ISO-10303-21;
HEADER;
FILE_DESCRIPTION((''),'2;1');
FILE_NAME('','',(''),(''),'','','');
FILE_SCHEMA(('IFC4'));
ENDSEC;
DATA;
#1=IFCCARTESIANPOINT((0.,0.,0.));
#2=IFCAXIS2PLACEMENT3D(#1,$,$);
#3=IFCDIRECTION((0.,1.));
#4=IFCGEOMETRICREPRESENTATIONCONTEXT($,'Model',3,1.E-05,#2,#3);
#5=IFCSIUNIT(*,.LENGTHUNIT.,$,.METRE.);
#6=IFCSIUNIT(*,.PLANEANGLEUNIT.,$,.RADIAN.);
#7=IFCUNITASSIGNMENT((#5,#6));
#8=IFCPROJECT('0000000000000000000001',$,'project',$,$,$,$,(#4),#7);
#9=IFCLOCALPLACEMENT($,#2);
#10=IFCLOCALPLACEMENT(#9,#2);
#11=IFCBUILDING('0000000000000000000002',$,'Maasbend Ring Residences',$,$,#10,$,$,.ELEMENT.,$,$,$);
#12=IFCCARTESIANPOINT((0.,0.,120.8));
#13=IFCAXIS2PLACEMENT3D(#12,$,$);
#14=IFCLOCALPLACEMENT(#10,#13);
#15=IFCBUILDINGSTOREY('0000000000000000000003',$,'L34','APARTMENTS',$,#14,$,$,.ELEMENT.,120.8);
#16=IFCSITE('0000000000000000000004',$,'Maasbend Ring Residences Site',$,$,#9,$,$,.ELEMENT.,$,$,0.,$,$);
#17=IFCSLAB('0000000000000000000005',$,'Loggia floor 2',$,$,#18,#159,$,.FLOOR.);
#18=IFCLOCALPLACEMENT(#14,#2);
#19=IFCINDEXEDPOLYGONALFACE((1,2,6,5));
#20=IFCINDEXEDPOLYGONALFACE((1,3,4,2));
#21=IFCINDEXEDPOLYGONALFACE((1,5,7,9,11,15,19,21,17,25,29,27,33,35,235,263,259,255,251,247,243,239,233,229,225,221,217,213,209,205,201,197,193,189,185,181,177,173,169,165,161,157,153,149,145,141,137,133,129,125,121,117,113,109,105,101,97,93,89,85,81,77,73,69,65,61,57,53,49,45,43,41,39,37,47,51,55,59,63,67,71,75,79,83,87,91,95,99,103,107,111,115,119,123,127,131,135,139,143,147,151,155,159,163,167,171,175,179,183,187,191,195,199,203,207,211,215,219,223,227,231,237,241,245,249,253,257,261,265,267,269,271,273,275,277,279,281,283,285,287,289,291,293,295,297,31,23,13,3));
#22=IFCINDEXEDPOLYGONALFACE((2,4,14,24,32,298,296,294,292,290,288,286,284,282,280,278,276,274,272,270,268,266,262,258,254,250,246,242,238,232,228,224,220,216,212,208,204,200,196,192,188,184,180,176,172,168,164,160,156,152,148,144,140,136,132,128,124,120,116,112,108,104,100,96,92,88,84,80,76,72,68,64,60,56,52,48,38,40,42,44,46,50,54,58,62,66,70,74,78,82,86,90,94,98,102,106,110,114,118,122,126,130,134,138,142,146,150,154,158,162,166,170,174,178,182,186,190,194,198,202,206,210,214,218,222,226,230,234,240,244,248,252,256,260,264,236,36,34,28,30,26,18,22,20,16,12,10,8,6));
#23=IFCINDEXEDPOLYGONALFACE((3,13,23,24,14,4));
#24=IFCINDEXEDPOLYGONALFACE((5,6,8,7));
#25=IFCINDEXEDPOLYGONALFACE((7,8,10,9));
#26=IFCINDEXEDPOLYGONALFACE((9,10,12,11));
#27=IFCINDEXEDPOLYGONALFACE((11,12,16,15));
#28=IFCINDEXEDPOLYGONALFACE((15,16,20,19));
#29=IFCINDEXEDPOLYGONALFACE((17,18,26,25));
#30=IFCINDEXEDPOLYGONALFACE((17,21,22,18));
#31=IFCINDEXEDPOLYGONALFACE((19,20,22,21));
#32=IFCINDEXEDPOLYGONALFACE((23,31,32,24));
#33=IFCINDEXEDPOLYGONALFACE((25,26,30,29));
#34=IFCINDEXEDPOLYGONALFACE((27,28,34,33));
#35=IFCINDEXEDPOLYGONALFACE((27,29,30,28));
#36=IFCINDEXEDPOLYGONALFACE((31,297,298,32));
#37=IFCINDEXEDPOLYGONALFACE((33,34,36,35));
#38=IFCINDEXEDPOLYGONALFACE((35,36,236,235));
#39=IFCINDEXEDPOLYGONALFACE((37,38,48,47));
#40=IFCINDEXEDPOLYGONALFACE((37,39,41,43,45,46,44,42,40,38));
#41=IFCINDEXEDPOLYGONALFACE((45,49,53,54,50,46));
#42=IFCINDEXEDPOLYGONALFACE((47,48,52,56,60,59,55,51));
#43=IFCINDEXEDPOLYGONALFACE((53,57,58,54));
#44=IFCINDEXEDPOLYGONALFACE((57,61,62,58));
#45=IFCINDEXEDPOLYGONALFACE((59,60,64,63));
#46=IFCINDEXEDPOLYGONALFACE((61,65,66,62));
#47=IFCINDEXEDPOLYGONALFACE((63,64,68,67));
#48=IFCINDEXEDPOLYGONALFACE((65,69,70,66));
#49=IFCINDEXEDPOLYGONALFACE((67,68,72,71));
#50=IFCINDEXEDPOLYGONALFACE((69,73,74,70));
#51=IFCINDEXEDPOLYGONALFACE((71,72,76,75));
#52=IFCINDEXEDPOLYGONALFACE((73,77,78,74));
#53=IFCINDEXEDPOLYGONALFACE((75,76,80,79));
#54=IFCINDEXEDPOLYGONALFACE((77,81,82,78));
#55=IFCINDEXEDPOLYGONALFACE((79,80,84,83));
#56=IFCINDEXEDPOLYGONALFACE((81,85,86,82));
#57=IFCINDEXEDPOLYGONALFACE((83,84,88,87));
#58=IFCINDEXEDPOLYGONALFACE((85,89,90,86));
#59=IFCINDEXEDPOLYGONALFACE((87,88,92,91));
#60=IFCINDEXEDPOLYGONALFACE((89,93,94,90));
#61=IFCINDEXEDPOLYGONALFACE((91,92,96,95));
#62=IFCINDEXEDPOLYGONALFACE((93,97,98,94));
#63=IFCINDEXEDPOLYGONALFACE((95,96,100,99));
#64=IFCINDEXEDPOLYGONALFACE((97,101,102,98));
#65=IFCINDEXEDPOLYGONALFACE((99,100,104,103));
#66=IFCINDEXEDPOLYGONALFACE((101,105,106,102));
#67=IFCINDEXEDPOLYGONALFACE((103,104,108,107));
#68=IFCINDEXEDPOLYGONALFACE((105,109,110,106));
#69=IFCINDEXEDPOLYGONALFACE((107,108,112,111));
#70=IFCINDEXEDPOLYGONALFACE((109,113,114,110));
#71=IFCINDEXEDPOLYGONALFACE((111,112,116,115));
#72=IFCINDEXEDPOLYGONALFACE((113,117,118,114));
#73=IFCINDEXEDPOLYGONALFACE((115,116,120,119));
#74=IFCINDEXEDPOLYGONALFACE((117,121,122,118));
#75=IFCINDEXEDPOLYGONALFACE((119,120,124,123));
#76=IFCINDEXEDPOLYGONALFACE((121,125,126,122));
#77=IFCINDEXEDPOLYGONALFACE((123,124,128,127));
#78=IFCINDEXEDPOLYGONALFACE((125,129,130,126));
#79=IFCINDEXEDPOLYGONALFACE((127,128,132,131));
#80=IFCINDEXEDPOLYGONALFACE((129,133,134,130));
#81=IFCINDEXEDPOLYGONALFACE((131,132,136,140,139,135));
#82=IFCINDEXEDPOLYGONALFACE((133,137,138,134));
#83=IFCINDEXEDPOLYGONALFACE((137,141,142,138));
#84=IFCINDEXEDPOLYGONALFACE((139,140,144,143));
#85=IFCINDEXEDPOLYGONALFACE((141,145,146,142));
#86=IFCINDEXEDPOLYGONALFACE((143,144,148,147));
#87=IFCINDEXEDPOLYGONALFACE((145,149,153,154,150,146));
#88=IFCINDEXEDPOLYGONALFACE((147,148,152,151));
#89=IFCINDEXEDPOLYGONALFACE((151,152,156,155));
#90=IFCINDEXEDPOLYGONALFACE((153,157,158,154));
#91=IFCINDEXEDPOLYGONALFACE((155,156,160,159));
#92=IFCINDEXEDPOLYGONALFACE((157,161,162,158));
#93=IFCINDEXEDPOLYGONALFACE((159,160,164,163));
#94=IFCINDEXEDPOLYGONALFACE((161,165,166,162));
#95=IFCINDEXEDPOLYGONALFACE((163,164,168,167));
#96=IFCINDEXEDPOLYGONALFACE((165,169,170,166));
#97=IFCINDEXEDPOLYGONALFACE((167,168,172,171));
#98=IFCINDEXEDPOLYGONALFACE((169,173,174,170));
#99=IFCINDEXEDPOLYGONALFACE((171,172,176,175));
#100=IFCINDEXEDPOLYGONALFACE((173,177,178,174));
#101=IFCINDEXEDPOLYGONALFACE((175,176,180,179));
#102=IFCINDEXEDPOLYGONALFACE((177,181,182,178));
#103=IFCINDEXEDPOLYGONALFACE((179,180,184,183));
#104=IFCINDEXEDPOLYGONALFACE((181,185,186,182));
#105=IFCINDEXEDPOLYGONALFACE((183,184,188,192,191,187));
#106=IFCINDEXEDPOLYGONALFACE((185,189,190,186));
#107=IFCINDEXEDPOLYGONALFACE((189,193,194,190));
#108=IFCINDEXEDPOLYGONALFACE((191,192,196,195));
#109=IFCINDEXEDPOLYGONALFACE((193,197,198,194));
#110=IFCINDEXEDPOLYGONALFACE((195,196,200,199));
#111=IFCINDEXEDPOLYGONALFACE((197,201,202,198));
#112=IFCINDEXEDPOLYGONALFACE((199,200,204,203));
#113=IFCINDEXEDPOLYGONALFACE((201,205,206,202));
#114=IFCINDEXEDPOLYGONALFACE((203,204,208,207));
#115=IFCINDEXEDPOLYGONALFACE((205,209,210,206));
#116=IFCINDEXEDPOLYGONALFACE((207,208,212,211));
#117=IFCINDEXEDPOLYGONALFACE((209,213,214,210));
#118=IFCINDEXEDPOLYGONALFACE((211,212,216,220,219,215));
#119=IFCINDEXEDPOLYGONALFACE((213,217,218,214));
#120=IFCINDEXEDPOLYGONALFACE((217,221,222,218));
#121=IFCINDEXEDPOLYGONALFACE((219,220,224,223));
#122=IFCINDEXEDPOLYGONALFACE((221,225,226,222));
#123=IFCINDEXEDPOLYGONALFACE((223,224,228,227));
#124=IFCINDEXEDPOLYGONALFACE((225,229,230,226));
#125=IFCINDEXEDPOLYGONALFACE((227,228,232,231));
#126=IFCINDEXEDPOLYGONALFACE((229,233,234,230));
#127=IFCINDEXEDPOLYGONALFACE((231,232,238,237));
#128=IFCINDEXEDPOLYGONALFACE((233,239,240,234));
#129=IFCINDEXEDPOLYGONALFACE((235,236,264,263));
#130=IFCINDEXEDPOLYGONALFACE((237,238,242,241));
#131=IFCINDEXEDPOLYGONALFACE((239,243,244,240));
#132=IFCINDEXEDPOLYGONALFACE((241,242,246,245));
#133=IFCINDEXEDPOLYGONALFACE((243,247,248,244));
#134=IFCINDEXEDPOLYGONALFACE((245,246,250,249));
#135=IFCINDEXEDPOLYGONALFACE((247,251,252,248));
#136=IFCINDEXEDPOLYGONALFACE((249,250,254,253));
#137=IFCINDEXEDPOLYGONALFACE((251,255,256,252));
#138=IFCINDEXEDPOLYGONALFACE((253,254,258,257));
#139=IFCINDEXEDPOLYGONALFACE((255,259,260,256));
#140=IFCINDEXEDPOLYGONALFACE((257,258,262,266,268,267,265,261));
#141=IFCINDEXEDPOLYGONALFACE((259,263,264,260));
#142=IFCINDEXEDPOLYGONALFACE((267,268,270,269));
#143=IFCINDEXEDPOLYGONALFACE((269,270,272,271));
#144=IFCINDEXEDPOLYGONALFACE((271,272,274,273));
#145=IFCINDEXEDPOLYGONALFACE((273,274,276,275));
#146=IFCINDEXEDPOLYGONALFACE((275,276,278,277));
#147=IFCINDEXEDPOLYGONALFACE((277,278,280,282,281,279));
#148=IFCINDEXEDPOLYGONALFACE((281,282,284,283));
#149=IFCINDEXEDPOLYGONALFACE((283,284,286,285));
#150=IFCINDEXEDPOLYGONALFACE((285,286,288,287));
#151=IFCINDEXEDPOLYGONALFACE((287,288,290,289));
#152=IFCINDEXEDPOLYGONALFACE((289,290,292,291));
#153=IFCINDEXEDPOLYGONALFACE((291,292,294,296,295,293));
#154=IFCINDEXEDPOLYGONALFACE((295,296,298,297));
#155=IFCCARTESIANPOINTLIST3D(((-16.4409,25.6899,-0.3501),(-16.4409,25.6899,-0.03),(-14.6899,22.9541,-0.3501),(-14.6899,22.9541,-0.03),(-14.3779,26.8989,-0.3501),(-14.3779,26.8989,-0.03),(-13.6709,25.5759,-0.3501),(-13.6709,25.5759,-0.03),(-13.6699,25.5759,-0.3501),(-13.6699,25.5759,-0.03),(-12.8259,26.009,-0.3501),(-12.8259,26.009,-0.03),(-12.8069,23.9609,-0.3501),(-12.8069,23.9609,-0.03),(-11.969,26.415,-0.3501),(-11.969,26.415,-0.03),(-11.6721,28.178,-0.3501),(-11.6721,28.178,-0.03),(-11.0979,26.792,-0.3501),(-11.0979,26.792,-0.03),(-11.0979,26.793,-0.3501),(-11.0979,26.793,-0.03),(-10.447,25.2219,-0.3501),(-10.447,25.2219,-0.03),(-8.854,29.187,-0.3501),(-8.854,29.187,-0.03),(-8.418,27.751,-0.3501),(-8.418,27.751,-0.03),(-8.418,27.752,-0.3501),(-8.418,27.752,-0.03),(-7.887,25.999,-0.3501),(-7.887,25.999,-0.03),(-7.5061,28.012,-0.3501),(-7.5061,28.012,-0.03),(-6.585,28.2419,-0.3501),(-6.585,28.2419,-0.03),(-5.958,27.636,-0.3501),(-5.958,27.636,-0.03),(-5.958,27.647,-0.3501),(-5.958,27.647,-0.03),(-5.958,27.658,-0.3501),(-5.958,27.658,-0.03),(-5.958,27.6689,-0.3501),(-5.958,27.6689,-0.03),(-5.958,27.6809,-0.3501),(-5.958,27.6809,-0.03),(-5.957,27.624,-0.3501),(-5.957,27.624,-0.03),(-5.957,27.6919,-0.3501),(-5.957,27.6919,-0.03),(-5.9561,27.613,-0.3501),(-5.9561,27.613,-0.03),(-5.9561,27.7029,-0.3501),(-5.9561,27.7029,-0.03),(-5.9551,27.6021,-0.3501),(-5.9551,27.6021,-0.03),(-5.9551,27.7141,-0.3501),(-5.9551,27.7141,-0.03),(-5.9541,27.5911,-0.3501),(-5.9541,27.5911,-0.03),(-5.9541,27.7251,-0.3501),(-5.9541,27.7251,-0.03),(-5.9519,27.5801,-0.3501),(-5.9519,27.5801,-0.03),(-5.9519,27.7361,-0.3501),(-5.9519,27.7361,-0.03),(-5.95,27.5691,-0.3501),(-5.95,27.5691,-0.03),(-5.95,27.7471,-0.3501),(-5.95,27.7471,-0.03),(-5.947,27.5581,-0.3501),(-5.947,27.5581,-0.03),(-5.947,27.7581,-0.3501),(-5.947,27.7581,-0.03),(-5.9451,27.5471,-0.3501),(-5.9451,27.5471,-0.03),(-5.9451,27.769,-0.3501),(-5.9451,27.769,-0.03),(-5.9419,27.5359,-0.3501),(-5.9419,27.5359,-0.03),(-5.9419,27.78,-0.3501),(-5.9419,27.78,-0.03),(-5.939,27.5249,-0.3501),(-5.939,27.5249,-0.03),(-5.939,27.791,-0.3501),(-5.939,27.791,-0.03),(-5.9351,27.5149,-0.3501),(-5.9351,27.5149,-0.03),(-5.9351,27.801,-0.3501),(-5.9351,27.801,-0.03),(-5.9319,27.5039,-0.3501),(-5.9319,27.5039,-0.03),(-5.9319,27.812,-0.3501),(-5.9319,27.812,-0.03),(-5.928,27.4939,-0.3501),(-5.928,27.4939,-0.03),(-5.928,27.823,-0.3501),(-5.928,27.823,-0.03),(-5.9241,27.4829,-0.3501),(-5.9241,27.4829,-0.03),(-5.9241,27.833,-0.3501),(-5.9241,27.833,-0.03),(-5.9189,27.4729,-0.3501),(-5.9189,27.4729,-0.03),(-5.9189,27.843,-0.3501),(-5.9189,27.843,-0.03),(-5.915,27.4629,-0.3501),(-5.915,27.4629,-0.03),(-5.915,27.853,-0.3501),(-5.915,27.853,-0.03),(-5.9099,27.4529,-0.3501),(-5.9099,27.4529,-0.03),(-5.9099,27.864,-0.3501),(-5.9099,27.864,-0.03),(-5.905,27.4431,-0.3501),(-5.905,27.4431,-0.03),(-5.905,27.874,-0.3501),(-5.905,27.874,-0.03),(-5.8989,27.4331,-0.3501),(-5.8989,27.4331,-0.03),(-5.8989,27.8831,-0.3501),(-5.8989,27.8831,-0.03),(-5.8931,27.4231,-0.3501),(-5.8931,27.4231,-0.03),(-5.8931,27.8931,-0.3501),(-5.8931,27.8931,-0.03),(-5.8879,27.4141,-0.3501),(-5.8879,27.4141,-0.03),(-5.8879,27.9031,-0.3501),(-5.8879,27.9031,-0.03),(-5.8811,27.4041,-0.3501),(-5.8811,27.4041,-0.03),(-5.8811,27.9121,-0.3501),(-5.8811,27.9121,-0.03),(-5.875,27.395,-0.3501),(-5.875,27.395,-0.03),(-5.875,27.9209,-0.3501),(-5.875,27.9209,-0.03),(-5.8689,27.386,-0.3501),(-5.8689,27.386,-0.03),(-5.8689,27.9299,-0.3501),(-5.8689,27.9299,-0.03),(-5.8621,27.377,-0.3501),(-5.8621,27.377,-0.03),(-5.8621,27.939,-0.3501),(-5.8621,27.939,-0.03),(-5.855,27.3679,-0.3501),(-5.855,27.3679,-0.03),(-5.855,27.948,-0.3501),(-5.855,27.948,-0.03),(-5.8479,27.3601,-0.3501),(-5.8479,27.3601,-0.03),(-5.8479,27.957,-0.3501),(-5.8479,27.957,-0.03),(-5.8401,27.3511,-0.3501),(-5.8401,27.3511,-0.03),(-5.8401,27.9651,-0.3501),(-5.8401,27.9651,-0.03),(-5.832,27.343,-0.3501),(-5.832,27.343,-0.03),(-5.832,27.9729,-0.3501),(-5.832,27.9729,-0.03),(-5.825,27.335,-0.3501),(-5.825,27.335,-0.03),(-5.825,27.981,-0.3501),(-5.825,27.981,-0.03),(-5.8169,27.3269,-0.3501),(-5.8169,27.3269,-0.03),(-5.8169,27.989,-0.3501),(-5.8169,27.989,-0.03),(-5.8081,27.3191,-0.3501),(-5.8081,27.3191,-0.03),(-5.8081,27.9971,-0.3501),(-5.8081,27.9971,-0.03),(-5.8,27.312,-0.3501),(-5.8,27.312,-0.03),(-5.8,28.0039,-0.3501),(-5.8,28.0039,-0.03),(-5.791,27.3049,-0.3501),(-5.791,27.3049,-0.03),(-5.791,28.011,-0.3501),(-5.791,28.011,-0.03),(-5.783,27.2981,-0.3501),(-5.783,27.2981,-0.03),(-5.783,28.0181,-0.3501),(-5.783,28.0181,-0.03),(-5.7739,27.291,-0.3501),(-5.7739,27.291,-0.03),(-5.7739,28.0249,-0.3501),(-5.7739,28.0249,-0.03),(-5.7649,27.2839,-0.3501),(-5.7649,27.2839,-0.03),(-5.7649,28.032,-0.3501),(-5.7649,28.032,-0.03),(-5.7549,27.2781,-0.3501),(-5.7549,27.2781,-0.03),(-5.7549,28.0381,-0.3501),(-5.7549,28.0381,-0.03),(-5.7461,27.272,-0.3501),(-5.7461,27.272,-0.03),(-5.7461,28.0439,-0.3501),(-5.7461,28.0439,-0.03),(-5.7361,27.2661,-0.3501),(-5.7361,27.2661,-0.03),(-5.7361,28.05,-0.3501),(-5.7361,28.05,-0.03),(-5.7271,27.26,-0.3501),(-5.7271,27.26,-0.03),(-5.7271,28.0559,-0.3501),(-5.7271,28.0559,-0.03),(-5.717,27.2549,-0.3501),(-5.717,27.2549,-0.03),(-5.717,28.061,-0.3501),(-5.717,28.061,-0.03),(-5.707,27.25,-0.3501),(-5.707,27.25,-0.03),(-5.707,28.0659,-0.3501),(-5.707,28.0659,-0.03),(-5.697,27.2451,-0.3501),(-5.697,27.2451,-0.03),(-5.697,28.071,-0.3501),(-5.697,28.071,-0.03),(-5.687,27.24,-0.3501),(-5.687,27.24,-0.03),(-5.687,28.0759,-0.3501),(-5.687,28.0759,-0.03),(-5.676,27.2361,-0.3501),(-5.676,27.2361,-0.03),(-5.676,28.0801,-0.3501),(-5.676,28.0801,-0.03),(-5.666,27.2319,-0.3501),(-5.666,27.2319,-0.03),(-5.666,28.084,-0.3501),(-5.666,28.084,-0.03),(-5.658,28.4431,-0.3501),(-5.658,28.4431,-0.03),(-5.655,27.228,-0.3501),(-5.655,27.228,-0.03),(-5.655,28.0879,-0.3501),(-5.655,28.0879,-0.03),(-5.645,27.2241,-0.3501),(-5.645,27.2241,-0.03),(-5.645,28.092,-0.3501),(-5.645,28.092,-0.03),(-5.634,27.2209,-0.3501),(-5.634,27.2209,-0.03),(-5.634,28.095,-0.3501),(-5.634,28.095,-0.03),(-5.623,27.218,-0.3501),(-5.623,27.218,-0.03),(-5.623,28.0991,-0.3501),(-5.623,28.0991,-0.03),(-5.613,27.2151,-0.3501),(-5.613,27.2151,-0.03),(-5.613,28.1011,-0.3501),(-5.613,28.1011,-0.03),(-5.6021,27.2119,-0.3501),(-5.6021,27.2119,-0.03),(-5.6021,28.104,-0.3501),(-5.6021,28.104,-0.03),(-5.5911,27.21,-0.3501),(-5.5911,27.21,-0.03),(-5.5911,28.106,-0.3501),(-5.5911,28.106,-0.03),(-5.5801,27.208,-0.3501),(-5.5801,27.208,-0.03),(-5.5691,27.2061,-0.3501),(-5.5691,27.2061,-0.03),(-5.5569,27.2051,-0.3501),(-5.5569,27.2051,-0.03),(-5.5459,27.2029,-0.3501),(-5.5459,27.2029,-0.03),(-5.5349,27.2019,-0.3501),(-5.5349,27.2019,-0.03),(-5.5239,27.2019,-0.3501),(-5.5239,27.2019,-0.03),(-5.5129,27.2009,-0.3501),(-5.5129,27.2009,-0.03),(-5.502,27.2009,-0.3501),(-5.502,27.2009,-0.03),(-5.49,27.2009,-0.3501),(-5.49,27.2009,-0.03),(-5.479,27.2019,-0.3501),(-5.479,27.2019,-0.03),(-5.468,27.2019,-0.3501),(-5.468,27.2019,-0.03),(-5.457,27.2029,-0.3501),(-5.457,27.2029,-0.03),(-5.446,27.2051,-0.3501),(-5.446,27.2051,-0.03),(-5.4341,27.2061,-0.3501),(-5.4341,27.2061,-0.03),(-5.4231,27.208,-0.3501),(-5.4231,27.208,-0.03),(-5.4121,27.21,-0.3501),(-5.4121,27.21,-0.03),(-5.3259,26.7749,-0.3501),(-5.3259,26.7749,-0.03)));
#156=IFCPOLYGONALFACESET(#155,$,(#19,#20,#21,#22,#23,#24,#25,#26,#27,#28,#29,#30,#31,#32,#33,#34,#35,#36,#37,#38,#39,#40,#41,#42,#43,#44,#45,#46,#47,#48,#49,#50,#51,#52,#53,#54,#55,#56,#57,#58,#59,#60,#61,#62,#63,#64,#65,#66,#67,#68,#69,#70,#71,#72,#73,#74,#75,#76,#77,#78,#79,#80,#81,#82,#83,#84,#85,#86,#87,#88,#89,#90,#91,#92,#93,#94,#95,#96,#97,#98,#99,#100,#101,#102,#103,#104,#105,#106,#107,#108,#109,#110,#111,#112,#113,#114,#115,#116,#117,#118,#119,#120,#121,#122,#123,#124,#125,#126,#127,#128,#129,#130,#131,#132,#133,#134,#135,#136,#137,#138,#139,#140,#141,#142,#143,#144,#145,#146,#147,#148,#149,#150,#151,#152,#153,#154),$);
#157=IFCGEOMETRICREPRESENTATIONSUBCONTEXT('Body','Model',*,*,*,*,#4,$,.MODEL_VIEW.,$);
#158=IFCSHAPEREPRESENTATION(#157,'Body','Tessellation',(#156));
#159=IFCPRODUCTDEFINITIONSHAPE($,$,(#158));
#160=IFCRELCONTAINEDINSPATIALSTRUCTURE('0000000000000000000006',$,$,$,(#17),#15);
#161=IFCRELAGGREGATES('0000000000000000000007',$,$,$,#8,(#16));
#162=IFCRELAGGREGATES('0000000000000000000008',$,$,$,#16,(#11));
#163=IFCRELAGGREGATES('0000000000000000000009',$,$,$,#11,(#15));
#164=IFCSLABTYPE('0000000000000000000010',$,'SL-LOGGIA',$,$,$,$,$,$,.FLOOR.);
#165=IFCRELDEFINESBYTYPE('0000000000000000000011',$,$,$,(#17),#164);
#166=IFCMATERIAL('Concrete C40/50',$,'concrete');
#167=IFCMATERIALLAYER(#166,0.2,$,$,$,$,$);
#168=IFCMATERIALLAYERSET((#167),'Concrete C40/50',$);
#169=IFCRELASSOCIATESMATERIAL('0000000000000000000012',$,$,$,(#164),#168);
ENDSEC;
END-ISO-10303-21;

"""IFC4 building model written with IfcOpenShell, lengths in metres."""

from ifc_helpers import new_model, si_unit, direction, frame, origin, place, context, subcontext, project, spatial, polyline, outline, extrude, material, layer, layer_set, type_object, element, save


model = new_model("IFC4")

# Units and contexts
model_context = context("Model", 3, precision=1e-05, world=origin(), true_north=direction((0.0, 1.0)))
body_context = subcontext(model_context, "Body", "Model", "MODEL_VIEW")
ifc_project = project(units=[si_unit("LENGTHUNIT", "METRE"), si_unit("PLANEANGLEUNIT", "RADIAN")], contexts=[model_context])

# Site, building, storey
site_placement = place(None, origin())
site = spatial("IfcSite", under=ifc_project, at=site_placement, Name="Maasbend Ring Residences Site", CompositionType="ELEMENT", RefElevation=0.0)
building_placement = place(site_placement, origin())
building = spatial("IfcBuilding", under=site, at=building_placement, Name="Maasbend Ring Residences", CompositionType="ELEMENT")
storey_placement = place(building_placement, frame((0.0, 0.0, 120.8)))
storey = spatial("IfcBuildingStorey", under=building, at=storey_placement, Name="L34", Description="APARTMENTS", CompositionType="ELEMENT", Elevation=120.8)

# Slab
ifc_material_1 = material(Name="Concrete C40/50", Category="concrete")
ifc_layer_1 = layer(ifc_material_1, 0.2)
ifc_layer_set_1 = layer_set([ifc_layer_1], Name="Concrete C40/50")
slab_type_1 = type_object("IfcSlabType", Name="SL-LOGGIA", PredefinedType="FLOOR", material=ifc_layer_set_1)
slab_1_placement = place(storey_placement, frame((0.0, 0.0, -0.3501)))
element("IfcSlab", 1, at=slab_1_placement, inside=storey, type_object=slab_type_1, Name="Loggia floor 2", PredefinedType="FLOOR", context=body_context, shape_type="SweptSolid", body=[
    extrude(outline(polyline([(-13.6709, 25.5759), (-13.6709, 25.5759), (-13.6709, 25.5759), (-13.6709, 25.5759), (-13.6709, 25.5759), (-13.6709, 25.5759), (-13.6709, 25.5759), (-13.6699, 25.5759), (-13.6699, 25.5759), (-13.6699, 25.5759), (-13.6699, 25.5759), (-13.6699, 25.5759), (-13.6699, 25.5759), (-13.6699, 25.5759), (-13.6699, 25.5759), (-13.6699, 25.5759), (-13.6699, 25.5759), (-12.8259, 26.009), (-12.8259, 26.009), (-11.969, 26.415), (-11.969, 26.415), (-11.0979, 26.792), (-11.0979, 26.792), (-11.0979, 26.792), (-11.0979, 26.792), (-11.0979, 26.792), (-11.0979, 26.792), (-11.0979, 26.792), (-11.0979, 26.793), (-11.0979, 26.793), (-11.0979, 26.793), (-11.0979, 26.793), (-11.0979, 26.793), (-11.0979, 26.793), (-11.0979, 26.793), (-11.0979, 26.793), (-11.0979, 26.793), (-11.0979, 26.793), (-11.6721, 28.178), (-11.6721, 28.178), (-11.6721, 28.178), (-8.854, 29.187), (-8.854, 29.187), (-8.854, 29.187), (-8.418, 27.752), (-8.418, 27.752), (-8.418, 27.752), (-8.418, 27.752), (-8.418, 27.752), (-8.418, 27.752), (-8.418, 27.752), (-8.418, 27.751), (-8.418, 27.751), (-8.418, 27.751), (-8.418, 27.751), (-8.418, 27.751), (-8.418, 27.751), (-8.418, 27.751), (-8.418, 27.751), (-8.418, 27.751), (-8.418, 27.751), (-7.5061, 28.012), (-7.5061, 28.012), (-6.585, 28.2419), (-6.585, 28.2419), (-5.658, 28.4431), (-5.658, 28.4431), (-5.658, 28.4431), (-5.5911, 28.106), (-5.6021, 28.104), (-5.613, 28.1011), (-5.623, 28.0991), (-5.634, 28.095), (-5.645, 28.092), (-5.655, 28.0879), (-5.666, 28.084), (-5.676, 28.0801), (-5.687, 28.0759), (-5.697, 28.071), (-5.707, 28.0659), (-5.717, 28.061), (-5.7271, 28.0559), (-5.7361, 28.05), (-5.7461, 28.0439), (-5.7549, 28.0381), (-5.7649, 28.032), (-5.7739, 28.0249), (-5.783, 28.0181), (-5.791, 28.011), (-5.8, 28.0039), (-5.8081, 27.9971), (-5.8169, 27.989), (-5.825, 27.981), (-5.832, 27.9729), (-5.8401, 27.9651), (-5.8479, 27.957), (-5.855, 27.948), (-5.8621, 27.939), (-5.8689, 27.9299), (-5.875, 27.9209), (-5.8811, 27.9121), (-5.8879, 27.9031), (-5.8931, 27.8931), (-5.8989, 27.8831), (-5.905, 27.874), (-5.9099, 27.864), (-5.915, 27.853), (-5.9189, 27.843), (-5.9241, 27.833), (-5.928, 27.823), (-5.9319, 27.812), (-5.9351, 27.801), (-5.939, 27.791), (-5.9419, 27.78), (-5.9451, 27.769), (-5.947, 27.7581), (-5.95, 27.7471), (-5.9519, 27.7361), (-5.9541, 27.7251), (-5.9551, 27.7141), (-5.9561, 27.7029), (-5.957, 27.6919), (-5.958, 27.6809), (-5.958, 27.6689), (-5.958, 27.658), (-5.958, 27.647), (-5.958, 27.636), (-5.957, 27.624), (-5.9561, 27.613), (-5.9551, 27.6021), (-5.9541, 27.5911), (-5.9519, 27.5801), (-5.95, 27.5691), (-5.947, 27.5581), (-5.9451, 27.5471), (-5.9419, 27.5359), (-5.939, 27.5249), (-5.9351, 27.5149), (-5.9319, 27.5039), (-5.928, 27.4939), (-5.9241, 27.4829), (-5.9189, 27.4729), (-5.915, 27.4629), (-5.9099, 27.4529), (-5.905, 27.4431), (-5.8989, 27.4331), (-5.8931, 27.4231), (-5.8879, 27.4141), (-5.8811, 27.4041), (-5.875, 27.395), (-5.8689, 27.386), (-5.8621, 27.377), (-5.855, 27.3679), (-5.8479, 27.3601), (-5.8401, 27.3511), (-5.832, 27.343), (-5.825, 27.335), (-5.8169, 27.3269), (-5.8081, 27.3191), (-5.8, 27.312), (-5.791, 27.3049), (-5.783, 27.2981), (-5.7739, 27.291), (-5.7649, 27.2839), (-5.7549, 27.2781), (-5.7461, 27.272), (-5.7361, 27.2661), (-5.7271, 27.26), (-5.717, 27.2549), (-5.707, 27.25), (-5.697, 27.2451), (-5.687, 27.24), (-5.676, 27.2361), (-5.666, 27.2319), (-5.655, 27.228), (-5.645, 27.2241), (-5.634, 27.2209), (-5.623, 27.218), (-5.613, 27.2151), (-5.6021, 27.2119), (-5.5911, 27.21), (-5.5801, 27.208), (-5.5691, 27.2061), (-5.5569, 27.2051), (-5.5459, 27.2029), (-5.5349, 27.2019), (-5.5239, 27.2019), (-5.5129, 27.2009), (-5.502, 27.2009), (-5.49, 27.2009), (-5.479, 27.2019), (-5.468, 27.2019), (-5.457, 27.2029), (-5.446, 27.2051), (-5.4341, 27.2061), (-5.4231, 27.208), (-5.4121, 27.21), (-5.3259, 26.7749), (-5.3259, 26.7749), (-5.3259, 26.7749), (-7.887, 25.999), (-10.447, 25.2219), (-10.447, 25.2219), (-10.447, 25.2219), (-12.8069, 23.9609), (-14.6899, 22.9541), (-14.6899, 22.9541), (-14.6899, 22.9541), (-16.4409, 25.6899), (-16.4409, 25.6899), (-16.4409, 25.6899), (-14.3779, 26.8989), (-14.3779, 26.8989), (-14.3779, 26.8989), (-13.6709, 25.5759)])), origin(), (0.0, 0.0, 1.0), 0.3201),
])

save(model, "model.ifc")
